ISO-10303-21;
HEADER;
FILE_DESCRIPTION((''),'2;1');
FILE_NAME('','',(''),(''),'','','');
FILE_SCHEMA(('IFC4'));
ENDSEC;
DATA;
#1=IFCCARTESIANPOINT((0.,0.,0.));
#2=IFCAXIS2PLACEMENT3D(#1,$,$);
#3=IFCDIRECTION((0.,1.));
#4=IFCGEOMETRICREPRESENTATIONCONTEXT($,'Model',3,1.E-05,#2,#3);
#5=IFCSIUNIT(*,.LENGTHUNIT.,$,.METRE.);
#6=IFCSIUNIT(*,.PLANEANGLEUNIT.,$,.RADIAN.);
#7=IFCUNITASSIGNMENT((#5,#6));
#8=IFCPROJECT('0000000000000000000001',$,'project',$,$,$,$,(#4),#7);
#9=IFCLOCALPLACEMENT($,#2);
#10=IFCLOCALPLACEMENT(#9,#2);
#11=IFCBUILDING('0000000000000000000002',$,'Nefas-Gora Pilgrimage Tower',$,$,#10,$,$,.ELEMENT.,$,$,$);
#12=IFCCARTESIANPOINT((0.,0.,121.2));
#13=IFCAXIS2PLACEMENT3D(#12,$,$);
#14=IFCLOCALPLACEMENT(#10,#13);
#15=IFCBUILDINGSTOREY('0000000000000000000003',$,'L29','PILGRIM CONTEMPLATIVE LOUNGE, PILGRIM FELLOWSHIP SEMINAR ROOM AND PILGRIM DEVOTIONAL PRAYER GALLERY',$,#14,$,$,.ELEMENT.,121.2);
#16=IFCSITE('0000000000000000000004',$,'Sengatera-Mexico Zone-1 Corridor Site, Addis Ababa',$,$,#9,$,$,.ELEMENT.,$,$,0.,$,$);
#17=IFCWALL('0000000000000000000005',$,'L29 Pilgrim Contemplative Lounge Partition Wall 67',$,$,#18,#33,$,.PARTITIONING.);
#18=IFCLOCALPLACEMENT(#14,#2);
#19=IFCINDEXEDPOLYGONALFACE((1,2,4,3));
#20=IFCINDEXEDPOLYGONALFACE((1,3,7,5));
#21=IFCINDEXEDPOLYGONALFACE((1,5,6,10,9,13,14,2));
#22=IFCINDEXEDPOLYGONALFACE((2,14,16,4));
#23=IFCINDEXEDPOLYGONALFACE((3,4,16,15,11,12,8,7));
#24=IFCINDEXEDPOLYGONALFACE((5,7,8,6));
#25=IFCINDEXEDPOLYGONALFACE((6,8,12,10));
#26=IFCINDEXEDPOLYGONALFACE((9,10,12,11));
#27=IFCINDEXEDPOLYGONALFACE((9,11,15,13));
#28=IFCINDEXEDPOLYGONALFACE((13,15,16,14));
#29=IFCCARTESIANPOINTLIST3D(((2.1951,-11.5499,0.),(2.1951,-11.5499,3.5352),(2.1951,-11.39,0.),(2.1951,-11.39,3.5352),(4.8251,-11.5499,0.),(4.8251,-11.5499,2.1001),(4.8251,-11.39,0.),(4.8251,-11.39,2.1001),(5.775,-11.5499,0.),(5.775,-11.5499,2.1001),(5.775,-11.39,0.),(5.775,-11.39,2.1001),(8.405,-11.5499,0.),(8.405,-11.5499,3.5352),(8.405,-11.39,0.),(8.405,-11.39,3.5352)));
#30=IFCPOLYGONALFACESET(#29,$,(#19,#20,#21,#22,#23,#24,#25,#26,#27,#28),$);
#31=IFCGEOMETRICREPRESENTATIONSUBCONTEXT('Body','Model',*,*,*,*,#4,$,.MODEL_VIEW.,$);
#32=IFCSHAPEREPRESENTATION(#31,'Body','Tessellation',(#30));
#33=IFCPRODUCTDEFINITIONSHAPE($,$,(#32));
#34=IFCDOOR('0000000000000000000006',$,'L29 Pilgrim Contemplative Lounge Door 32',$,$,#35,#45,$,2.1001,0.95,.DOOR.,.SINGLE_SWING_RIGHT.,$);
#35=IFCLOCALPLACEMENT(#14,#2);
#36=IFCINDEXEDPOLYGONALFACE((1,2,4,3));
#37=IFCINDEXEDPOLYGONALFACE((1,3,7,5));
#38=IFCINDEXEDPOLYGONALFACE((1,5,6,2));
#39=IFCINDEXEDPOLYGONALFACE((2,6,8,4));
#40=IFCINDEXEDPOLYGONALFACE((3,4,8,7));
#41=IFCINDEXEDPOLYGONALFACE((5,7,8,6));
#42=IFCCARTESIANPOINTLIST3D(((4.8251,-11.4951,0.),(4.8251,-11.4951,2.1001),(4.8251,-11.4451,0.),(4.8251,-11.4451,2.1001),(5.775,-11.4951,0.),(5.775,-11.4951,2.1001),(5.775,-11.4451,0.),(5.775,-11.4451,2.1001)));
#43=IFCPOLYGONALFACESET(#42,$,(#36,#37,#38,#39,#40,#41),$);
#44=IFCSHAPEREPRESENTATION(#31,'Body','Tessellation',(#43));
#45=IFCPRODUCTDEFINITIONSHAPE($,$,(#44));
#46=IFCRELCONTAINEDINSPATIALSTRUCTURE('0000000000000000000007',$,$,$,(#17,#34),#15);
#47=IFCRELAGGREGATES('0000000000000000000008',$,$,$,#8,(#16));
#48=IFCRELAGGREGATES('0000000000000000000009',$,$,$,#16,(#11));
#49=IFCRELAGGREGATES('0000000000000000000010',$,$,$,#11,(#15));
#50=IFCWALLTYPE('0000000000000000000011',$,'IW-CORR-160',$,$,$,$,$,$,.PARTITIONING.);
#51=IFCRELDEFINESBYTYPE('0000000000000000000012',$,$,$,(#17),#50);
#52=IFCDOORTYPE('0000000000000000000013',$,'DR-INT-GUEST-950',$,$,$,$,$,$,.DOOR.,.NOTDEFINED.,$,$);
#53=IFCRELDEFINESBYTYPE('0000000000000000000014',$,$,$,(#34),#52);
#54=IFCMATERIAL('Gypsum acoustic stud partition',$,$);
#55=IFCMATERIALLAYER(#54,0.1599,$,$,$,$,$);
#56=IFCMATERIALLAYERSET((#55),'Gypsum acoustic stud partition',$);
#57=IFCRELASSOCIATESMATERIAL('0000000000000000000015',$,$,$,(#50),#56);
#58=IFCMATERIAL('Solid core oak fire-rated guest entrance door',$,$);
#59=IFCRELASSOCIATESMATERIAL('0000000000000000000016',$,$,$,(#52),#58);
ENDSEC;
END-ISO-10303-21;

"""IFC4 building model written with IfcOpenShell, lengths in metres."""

from ifc_helpers import new_model, si_unit, direction, frame, frame_2d, origin, place, context, subcontext, project, spatial, rectangle, extrude, source, transform, mapped, material, layer, layer_set, type_object, element, fill, save


model = new_model("IFC4")

# Units and contexts
model_context = context("Model", 3, precision=1e-05, world=origin(), true_north=direction((0.0, 1.0)))
body_context = subcontext(model_context, "Body", "Model", "MODEL_VIEW")
ifc_project = project(units=[si_unit("LENGTHUNIT", "METRE"), si_unit("PLANEANGLEUNIT", "RADIAN")], contexts=[model_context])

# Site, building, storey
site_placement = place(None, origin())
site = spatial("IfcSite", under=ifc_project, at=site_placement, Name="Sengatera-Mexico Zone-1 Corridor Site, Addis Ababa", CompositionType="ELEMENT", RefElevation=0.0)
building_placement = place(site_placement, origin())
building = spatial("IfcBuilding", under=site, at=building_placement, Name="Nefas-Gora Pilgrimage Tower", CompositionType="ELEMENT")
storey_placement = place(building_placement, frame((0.0, 0.0, 121.2)))
storey = spatial("IfcBuildingStorey", under=building, at=storey_placement, Name="L29", Description="PILGRIM CONTEMPLATIVE LOUNGE, PILGRIM FELLOWSHIP SEMINAR ROOM AND PILGRIM DEVOTIONAL PRAYER GALLERY", CompositionType="ELEMENT", Elevation=121.2)

# Shared definitions
ifc_material_1 = material(Name="Gypsum acoustic stud partition")
ifc_layer_1 = layer(ifc_material_1, 0.1599)
ifc_layer_set_1 = layer_set([ifc_layer_1], Name="Gypsum acoustic stud partition")
wall_type_1 = type_object("IfcWallType", Name="IW-CORR-160", PredefinedType="PARTITIONING", material=ifc_layer_set_1)
ifc_material_2 = material(Name="Solid core oak fire-rated guest entrance door")
door_type = type_object("IfcDoorType", Name="DR-INT-GUEST-950", OperationType="NOTDEFINED", PredefinedType="DOOR", material=ifc_material_2)
shared_shape_1 = source(origin(), body_context, "Body", "SweptSolid", [
    extrude(rectangle(XDim=0.95, YDim=2.1001, at=frame_2d((0.4751, 1.05))), frame((0.0, 0.0249, 0.0), z_axis=(0.0, -1.0, 0.0), x_axis=(1.0, 0.0, 0.0)), (0.0, 0.0, 1.0), 0.05),
])

# Wall, opening, door
shared_shape_2 = source(origin(), body_context, "Body", "SweptSolid", [
    extrude(rectangle(XDim=6.21, YDim=0.1599, at=frame_2d((3.105, 0.0))), origin(), (0.0, 0.0, 1.0), 3.5352),
])
wall_1_placement = place(storey_placement, frame((2.1951, -11.47, 0.0), z_axis=(0.0, 0.0, 1.0), x_axis=(1.0, 0.0, 0.0)))
wall_1 = element("IfcWall", 1, at=wall_1_placement, inside=storey, type_object=wall_type_1, Name="L29 Pilgrim Contemplative Lounge Partition Wall 67", PredefinedType="PARTITIONING", context=body_context, shape_type="MappedRepresentation", body=[
    mapped(shared_shape_2, transform((0.0, 0.0, 0.0), x_axis=(1.0, 0.0, 0.0), y_axis=(0.0, 1.0, 0.0), z_axis=(0.0, 0.0, 1.0), scale=1.0)),
])
opening_1_placement = place(wall_1_placement, frame((2.6299, 0.0, 0.0)))
opening_1 = element("IfcOpeningElement", 2, at=opening_1_placement, cuts=wall_1, PredefinedType="OPENING", context=body_context, shape_type="SweptSolid", body=[
    extrude(rectangle(XDim=0.95, YDim=2.1001, at=frame_2d((0.4751, 1.05))), frame((0.0, 0.0898, 0.0), z_axis=(0.0, -1.0, 0.0), x_axis=(1.0, 0.0, 0.0)), (0.0, 0.0, 1.0), 0.1799),
])
door_1_placement = place(opening_1_placement, origin())
door_1 = element("IfcDoor", 3, at=door_1_placement, inside=storey, type_object=door_type, Name="L29 Pilgrim Contemplative Lounge Door 32", OperationType="SINGLE_SWING_RIGHT", OverallHeight=2.1001, OverallWidth=0.95, PredefinedType="DOOR", context=body_context, shape_type="MappedRepresentation", body=[
    mapped(shared_shape_1, transform((0.0, 0.0, 0.0), x_axis=(1.0, 0.0, 0.0), y_axis=(0.0, 1.0, 0.0), z_axis=(0.0, 0.0, 1.0), scale=1.0)),
])
fill(opening_1, door_1)

save(model, "model.ifc")
